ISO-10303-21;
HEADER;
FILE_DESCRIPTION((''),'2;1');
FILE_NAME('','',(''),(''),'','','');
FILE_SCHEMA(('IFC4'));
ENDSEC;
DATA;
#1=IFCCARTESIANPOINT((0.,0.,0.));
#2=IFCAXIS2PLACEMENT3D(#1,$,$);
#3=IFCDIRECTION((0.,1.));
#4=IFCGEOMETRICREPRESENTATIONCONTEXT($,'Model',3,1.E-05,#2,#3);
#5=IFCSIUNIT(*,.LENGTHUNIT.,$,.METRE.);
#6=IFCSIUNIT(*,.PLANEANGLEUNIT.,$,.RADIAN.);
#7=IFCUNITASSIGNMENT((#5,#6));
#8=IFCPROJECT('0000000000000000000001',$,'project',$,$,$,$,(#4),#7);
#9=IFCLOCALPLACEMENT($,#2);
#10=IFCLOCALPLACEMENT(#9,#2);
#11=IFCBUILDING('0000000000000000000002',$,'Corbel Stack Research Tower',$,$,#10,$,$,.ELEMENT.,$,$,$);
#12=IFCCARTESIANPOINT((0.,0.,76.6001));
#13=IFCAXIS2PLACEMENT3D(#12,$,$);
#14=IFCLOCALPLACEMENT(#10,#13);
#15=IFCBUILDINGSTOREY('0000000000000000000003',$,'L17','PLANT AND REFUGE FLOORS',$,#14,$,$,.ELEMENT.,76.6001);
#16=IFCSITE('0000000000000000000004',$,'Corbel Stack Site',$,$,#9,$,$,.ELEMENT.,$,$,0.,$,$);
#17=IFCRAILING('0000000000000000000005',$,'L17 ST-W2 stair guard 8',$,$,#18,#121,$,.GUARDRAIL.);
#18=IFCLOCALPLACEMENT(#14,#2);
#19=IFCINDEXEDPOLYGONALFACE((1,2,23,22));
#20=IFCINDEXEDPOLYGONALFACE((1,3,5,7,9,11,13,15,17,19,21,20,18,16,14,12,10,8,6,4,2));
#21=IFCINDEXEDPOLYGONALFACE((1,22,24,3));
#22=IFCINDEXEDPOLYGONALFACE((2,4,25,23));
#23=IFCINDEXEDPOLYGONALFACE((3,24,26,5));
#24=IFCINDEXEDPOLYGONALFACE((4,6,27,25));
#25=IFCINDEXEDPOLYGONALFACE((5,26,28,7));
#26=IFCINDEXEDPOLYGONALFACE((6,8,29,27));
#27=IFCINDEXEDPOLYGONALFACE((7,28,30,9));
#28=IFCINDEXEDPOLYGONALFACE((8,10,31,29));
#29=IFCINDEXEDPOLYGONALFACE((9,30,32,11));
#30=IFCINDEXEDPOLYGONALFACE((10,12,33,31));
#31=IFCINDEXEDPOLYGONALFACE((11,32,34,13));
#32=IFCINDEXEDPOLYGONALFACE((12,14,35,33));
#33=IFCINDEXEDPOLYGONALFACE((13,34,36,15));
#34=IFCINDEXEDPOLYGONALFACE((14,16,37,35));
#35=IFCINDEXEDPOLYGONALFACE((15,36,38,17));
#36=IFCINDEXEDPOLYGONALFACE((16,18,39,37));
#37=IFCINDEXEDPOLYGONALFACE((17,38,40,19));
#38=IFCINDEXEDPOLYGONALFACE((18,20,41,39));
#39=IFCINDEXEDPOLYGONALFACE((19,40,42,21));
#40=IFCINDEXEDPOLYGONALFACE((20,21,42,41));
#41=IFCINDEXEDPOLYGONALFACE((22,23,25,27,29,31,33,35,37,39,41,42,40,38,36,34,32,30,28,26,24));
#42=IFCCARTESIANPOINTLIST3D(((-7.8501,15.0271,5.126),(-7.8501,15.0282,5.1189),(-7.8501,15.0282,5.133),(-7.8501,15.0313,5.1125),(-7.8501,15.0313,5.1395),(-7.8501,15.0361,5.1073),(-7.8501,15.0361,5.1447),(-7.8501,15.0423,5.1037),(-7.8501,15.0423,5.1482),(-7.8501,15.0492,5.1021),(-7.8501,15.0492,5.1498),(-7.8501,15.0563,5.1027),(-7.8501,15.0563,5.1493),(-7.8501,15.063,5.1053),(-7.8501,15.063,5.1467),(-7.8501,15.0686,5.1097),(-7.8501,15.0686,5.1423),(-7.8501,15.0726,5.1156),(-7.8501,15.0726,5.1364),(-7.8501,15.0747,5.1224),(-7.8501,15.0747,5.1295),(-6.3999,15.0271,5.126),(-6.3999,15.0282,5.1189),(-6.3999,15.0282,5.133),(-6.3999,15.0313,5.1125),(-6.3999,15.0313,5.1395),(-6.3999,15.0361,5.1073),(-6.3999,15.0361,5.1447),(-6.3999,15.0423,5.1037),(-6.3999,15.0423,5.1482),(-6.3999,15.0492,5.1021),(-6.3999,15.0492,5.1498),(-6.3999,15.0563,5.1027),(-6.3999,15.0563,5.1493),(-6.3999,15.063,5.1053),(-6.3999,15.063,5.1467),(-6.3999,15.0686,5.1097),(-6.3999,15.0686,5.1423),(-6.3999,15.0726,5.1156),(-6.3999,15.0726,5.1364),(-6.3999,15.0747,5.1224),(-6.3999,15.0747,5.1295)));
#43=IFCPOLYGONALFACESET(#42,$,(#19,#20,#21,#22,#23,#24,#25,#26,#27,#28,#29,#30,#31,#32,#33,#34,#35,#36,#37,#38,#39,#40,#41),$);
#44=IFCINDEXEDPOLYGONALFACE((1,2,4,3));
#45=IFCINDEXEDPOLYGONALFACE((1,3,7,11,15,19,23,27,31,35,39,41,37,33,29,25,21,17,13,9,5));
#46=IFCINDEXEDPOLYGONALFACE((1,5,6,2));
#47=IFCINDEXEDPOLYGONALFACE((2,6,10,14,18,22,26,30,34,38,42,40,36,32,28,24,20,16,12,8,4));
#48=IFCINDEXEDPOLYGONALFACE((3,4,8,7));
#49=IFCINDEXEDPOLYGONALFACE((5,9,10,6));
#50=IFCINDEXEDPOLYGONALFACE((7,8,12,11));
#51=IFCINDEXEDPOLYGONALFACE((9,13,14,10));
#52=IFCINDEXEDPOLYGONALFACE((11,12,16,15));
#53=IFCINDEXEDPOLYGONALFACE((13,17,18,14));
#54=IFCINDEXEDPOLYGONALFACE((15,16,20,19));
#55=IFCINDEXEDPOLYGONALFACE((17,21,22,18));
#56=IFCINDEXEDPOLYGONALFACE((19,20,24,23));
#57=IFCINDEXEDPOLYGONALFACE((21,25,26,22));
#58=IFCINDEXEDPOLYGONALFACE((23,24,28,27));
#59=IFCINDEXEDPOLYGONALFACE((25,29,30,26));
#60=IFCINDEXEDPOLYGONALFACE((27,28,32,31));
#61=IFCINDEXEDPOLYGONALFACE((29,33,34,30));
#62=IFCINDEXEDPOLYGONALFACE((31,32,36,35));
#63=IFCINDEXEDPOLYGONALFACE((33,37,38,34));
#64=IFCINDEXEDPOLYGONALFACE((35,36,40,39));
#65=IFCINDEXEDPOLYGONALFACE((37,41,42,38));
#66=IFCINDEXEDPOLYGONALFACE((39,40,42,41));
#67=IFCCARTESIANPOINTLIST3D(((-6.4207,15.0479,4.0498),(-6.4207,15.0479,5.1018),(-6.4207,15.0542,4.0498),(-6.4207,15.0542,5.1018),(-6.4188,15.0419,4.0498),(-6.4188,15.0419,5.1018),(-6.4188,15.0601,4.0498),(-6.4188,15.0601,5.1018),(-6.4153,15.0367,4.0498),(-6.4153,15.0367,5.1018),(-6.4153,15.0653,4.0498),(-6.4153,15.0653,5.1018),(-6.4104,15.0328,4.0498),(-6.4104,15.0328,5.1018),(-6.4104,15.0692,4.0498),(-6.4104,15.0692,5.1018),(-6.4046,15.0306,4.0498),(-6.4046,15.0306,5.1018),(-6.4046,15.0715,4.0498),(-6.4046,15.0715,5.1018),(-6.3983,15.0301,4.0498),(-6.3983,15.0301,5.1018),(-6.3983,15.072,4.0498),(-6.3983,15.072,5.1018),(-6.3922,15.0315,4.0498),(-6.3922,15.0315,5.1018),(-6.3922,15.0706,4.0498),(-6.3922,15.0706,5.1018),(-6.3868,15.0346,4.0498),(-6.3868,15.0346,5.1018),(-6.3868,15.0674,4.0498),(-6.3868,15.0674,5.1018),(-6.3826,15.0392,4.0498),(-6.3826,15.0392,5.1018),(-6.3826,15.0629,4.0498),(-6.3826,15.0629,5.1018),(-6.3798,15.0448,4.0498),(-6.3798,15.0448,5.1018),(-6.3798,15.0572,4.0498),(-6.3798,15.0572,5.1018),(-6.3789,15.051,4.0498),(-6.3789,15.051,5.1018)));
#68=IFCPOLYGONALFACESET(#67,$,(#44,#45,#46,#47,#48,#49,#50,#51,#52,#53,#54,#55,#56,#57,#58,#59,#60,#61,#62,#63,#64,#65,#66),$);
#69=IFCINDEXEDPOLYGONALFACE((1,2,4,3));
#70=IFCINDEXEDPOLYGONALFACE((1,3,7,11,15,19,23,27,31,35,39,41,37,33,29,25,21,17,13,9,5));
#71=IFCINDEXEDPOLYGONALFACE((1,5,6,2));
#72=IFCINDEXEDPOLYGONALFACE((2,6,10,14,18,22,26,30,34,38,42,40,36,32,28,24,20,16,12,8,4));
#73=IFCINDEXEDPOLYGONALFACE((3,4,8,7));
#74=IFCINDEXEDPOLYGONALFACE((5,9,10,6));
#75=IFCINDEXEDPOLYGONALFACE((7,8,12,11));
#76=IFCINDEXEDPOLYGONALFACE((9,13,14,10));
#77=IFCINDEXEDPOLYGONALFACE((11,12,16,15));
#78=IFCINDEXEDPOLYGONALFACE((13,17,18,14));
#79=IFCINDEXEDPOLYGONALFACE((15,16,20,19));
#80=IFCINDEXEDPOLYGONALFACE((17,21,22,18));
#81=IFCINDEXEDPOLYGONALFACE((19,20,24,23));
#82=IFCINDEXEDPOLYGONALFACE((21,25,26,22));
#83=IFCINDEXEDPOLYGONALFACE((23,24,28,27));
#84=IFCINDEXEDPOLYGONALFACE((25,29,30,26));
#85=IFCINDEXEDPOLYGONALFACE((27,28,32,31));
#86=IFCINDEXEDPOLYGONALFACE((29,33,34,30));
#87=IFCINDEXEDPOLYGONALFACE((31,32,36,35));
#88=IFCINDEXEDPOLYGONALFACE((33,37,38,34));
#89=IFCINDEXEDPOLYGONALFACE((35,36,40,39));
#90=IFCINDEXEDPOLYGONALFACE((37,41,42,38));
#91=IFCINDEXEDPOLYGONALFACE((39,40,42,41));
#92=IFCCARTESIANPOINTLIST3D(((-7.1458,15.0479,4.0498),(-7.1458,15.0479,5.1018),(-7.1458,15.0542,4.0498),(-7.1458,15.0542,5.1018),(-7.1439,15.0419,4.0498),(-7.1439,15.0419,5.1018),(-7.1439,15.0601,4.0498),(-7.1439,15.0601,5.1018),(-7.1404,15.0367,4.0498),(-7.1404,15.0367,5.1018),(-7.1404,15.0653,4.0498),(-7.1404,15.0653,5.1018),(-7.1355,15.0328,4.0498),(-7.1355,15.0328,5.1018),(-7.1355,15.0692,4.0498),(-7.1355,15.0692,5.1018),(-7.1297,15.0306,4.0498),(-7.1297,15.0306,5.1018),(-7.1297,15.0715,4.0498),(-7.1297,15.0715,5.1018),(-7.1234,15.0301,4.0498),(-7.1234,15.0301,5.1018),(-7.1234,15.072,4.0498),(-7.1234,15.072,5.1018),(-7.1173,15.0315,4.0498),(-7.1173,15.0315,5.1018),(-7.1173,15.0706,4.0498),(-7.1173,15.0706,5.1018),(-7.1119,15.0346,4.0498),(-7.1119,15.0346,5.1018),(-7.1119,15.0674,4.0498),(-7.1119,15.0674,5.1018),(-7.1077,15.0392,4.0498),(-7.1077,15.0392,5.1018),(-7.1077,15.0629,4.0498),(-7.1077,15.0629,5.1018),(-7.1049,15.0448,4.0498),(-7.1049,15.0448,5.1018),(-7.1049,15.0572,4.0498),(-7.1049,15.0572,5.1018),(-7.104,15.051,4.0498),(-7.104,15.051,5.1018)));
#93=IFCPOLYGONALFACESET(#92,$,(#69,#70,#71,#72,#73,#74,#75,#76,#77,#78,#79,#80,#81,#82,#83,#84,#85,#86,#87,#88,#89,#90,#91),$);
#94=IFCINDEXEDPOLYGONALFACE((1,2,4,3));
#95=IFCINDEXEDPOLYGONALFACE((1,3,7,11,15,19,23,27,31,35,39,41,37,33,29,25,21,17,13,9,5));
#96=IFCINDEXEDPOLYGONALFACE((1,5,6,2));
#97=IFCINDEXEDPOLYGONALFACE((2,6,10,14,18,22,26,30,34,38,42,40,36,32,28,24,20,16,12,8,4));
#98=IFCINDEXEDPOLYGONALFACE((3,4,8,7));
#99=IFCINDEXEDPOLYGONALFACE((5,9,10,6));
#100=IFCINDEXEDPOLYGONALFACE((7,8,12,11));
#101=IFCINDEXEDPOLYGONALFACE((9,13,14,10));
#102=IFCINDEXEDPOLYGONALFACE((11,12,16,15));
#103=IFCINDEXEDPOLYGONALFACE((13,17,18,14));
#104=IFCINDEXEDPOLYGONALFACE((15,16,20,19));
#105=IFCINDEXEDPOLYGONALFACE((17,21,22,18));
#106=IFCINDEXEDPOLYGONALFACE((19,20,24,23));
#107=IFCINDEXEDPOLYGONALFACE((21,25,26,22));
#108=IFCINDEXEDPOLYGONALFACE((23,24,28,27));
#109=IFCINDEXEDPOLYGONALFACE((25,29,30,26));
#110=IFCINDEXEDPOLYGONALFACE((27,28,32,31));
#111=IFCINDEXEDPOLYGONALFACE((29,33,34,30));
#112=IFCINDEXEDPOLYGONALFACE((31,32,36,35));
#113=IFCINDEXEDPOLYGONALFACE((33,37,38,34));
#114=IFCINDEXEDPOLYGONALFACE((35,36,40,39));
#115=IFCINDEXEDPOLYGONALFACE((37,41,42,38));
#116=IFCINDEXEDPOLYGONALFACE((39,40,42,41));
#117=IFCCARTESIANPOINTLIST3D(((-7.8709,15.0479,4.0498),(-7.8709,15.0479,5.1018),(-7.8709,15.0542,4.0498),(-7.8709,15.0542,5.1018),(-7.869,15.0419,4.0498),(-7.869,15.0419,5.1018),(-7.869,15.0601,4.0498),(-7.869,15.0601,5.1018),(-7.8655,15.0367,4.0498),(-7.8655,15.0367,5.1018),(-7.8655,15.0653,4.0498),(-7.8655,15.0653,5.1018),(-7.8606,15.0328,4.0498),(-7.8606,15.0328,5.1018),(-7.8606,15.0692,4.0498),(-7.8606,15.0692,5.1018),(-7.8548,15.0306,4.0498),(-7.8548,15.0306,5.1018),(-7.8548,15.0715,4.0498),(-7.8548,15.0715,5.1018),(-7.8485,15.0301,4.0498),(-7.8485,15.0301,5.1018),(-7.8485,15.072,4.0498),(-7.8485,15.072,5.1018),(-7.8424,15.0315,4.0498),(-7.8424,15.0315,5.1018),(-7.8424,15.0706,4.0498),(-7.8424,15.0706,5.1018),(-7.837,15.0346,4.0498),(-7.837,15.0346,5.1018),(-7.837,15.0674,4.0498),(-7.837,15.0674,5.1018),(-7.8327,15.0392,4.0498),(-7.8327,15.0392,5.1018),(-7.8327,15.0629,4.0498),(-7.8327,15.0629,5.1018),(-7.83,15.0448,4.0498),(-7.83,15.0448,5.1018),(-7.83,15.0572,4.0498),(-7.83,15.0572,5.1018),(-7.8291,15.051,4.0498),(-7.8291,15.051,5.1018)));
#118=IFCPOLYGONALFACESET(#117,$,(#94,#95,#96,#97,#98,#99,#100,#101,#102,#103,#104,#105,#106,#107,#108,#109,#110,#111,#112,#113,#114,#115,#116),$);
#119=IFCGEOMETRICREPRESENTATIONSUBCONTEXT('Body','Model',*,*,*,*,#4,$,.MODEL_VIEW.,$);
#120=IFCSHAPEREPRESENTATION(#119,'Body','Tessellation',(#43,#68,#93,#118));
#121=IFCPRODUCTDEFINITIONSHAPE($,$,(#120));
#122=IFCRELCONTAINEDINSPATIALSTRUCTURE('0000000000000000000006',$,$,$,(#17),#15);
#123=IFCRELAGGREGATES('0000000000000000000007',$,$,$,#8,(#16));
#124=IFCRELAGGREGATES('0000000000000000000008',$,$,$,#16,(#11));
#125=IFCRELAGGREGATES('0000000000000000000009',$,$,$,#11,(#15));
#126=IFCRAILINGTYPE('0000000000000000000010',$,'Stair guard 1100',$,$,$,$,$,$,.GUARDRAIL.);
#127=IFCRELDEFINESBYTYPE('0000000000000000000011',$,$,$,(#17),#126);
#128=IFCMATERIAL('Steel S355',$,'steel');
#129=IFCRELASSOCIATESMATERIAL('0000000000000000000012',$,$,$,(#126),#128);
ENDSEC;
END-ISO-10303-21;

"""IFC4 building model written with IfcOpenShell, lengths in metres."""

from ifc_helpers import new_model, si_unit, direction, frame, origin, origin_2d, place, context, subcontext, project, spatial, circle, extrude, material, type_object, element, save


model = new_model("IFC4")

# Units and contexts
model_context = context("Model", 3, precision=1e-05, world=origin(), true_north=direction((0.0, 1.0)))
body_context = subcontext(model_context, "Body", "Model", "MODEL_VIEW")
ifc_project = project(units=[si_unit("LENGTHUNIT", "METRE"), si_unit("PLANEANGLEUNIT", "RADIAN")], contexts=[model_context])

# Site, building, storey
site_placement = place(None, origin())
site = spatial("IfcSite", under=ifc_project, at=site_placement, Name="Corbel Stack Site", CompositionType="ELEMENT", RefElevation=0.0)
building_placement = place(site_placement, origin())
building = spatial("IfcBuilding", under=site, at=building_placement, Name="Corbel Stack Research Tower", CompositionType="ELEMENT")
storey_placement = place(building_placement, frame((0.0, 0.0, 76.6001)))
storey = spatial("IfcBuildingStorey", under=building, at=storey_placement, Name="L17", Description="PLANT AND REFUGE FLOORS", CompositionType="ELEMENT", Elevation=76.6001)

# Railing
ifc_material_1 = material(Name="Steel S355", Category="steel")
railing_type_1 = type_object("IfcRailingType", Name="Stair guard 1100", PredefinedType="GUARDRAIL", material=ifc_material_1)
railing_1_placement = place(storey_placement, frame((-6.3999, 15.051, 4.0498)))
element("IfcRailing", 1, at=railing_1_placement, inside=storey, type_object=railing_type_1, Name="L17 ST-W2 stair guard 8", PredefinedType="GUARDRAIL", context=body_context, shape_type="SweptSolid", body=[
    extrude(circle(Radius=0.0239, at=origin_2d()), frame((0.0, 0.0, 1.0762), z_axis=(-1.0, 0.0, 0.0), x_axis=(0.0, -1.0, 0.0)), (0.0, 0.0, 1.0), 1.4502),
    extrude(circle(Radius=0.021, at=origin_2d()), origin(), (0.0, 0.0, 1.0), 1.052),
    extrude(circle(Radius=0.021, at=origin_2d()), frame((-0.7251, 0.0, 0.0)), (0.0, 0.0, 1.0), 1.052),
    extrude(circle(Radius=0.021, at=origin_2d()), frame((-1.4502, 0.0, 0.0)), (0.0, 0.0, 1.0), 1.052),
])

save(model, "model.ifc")
